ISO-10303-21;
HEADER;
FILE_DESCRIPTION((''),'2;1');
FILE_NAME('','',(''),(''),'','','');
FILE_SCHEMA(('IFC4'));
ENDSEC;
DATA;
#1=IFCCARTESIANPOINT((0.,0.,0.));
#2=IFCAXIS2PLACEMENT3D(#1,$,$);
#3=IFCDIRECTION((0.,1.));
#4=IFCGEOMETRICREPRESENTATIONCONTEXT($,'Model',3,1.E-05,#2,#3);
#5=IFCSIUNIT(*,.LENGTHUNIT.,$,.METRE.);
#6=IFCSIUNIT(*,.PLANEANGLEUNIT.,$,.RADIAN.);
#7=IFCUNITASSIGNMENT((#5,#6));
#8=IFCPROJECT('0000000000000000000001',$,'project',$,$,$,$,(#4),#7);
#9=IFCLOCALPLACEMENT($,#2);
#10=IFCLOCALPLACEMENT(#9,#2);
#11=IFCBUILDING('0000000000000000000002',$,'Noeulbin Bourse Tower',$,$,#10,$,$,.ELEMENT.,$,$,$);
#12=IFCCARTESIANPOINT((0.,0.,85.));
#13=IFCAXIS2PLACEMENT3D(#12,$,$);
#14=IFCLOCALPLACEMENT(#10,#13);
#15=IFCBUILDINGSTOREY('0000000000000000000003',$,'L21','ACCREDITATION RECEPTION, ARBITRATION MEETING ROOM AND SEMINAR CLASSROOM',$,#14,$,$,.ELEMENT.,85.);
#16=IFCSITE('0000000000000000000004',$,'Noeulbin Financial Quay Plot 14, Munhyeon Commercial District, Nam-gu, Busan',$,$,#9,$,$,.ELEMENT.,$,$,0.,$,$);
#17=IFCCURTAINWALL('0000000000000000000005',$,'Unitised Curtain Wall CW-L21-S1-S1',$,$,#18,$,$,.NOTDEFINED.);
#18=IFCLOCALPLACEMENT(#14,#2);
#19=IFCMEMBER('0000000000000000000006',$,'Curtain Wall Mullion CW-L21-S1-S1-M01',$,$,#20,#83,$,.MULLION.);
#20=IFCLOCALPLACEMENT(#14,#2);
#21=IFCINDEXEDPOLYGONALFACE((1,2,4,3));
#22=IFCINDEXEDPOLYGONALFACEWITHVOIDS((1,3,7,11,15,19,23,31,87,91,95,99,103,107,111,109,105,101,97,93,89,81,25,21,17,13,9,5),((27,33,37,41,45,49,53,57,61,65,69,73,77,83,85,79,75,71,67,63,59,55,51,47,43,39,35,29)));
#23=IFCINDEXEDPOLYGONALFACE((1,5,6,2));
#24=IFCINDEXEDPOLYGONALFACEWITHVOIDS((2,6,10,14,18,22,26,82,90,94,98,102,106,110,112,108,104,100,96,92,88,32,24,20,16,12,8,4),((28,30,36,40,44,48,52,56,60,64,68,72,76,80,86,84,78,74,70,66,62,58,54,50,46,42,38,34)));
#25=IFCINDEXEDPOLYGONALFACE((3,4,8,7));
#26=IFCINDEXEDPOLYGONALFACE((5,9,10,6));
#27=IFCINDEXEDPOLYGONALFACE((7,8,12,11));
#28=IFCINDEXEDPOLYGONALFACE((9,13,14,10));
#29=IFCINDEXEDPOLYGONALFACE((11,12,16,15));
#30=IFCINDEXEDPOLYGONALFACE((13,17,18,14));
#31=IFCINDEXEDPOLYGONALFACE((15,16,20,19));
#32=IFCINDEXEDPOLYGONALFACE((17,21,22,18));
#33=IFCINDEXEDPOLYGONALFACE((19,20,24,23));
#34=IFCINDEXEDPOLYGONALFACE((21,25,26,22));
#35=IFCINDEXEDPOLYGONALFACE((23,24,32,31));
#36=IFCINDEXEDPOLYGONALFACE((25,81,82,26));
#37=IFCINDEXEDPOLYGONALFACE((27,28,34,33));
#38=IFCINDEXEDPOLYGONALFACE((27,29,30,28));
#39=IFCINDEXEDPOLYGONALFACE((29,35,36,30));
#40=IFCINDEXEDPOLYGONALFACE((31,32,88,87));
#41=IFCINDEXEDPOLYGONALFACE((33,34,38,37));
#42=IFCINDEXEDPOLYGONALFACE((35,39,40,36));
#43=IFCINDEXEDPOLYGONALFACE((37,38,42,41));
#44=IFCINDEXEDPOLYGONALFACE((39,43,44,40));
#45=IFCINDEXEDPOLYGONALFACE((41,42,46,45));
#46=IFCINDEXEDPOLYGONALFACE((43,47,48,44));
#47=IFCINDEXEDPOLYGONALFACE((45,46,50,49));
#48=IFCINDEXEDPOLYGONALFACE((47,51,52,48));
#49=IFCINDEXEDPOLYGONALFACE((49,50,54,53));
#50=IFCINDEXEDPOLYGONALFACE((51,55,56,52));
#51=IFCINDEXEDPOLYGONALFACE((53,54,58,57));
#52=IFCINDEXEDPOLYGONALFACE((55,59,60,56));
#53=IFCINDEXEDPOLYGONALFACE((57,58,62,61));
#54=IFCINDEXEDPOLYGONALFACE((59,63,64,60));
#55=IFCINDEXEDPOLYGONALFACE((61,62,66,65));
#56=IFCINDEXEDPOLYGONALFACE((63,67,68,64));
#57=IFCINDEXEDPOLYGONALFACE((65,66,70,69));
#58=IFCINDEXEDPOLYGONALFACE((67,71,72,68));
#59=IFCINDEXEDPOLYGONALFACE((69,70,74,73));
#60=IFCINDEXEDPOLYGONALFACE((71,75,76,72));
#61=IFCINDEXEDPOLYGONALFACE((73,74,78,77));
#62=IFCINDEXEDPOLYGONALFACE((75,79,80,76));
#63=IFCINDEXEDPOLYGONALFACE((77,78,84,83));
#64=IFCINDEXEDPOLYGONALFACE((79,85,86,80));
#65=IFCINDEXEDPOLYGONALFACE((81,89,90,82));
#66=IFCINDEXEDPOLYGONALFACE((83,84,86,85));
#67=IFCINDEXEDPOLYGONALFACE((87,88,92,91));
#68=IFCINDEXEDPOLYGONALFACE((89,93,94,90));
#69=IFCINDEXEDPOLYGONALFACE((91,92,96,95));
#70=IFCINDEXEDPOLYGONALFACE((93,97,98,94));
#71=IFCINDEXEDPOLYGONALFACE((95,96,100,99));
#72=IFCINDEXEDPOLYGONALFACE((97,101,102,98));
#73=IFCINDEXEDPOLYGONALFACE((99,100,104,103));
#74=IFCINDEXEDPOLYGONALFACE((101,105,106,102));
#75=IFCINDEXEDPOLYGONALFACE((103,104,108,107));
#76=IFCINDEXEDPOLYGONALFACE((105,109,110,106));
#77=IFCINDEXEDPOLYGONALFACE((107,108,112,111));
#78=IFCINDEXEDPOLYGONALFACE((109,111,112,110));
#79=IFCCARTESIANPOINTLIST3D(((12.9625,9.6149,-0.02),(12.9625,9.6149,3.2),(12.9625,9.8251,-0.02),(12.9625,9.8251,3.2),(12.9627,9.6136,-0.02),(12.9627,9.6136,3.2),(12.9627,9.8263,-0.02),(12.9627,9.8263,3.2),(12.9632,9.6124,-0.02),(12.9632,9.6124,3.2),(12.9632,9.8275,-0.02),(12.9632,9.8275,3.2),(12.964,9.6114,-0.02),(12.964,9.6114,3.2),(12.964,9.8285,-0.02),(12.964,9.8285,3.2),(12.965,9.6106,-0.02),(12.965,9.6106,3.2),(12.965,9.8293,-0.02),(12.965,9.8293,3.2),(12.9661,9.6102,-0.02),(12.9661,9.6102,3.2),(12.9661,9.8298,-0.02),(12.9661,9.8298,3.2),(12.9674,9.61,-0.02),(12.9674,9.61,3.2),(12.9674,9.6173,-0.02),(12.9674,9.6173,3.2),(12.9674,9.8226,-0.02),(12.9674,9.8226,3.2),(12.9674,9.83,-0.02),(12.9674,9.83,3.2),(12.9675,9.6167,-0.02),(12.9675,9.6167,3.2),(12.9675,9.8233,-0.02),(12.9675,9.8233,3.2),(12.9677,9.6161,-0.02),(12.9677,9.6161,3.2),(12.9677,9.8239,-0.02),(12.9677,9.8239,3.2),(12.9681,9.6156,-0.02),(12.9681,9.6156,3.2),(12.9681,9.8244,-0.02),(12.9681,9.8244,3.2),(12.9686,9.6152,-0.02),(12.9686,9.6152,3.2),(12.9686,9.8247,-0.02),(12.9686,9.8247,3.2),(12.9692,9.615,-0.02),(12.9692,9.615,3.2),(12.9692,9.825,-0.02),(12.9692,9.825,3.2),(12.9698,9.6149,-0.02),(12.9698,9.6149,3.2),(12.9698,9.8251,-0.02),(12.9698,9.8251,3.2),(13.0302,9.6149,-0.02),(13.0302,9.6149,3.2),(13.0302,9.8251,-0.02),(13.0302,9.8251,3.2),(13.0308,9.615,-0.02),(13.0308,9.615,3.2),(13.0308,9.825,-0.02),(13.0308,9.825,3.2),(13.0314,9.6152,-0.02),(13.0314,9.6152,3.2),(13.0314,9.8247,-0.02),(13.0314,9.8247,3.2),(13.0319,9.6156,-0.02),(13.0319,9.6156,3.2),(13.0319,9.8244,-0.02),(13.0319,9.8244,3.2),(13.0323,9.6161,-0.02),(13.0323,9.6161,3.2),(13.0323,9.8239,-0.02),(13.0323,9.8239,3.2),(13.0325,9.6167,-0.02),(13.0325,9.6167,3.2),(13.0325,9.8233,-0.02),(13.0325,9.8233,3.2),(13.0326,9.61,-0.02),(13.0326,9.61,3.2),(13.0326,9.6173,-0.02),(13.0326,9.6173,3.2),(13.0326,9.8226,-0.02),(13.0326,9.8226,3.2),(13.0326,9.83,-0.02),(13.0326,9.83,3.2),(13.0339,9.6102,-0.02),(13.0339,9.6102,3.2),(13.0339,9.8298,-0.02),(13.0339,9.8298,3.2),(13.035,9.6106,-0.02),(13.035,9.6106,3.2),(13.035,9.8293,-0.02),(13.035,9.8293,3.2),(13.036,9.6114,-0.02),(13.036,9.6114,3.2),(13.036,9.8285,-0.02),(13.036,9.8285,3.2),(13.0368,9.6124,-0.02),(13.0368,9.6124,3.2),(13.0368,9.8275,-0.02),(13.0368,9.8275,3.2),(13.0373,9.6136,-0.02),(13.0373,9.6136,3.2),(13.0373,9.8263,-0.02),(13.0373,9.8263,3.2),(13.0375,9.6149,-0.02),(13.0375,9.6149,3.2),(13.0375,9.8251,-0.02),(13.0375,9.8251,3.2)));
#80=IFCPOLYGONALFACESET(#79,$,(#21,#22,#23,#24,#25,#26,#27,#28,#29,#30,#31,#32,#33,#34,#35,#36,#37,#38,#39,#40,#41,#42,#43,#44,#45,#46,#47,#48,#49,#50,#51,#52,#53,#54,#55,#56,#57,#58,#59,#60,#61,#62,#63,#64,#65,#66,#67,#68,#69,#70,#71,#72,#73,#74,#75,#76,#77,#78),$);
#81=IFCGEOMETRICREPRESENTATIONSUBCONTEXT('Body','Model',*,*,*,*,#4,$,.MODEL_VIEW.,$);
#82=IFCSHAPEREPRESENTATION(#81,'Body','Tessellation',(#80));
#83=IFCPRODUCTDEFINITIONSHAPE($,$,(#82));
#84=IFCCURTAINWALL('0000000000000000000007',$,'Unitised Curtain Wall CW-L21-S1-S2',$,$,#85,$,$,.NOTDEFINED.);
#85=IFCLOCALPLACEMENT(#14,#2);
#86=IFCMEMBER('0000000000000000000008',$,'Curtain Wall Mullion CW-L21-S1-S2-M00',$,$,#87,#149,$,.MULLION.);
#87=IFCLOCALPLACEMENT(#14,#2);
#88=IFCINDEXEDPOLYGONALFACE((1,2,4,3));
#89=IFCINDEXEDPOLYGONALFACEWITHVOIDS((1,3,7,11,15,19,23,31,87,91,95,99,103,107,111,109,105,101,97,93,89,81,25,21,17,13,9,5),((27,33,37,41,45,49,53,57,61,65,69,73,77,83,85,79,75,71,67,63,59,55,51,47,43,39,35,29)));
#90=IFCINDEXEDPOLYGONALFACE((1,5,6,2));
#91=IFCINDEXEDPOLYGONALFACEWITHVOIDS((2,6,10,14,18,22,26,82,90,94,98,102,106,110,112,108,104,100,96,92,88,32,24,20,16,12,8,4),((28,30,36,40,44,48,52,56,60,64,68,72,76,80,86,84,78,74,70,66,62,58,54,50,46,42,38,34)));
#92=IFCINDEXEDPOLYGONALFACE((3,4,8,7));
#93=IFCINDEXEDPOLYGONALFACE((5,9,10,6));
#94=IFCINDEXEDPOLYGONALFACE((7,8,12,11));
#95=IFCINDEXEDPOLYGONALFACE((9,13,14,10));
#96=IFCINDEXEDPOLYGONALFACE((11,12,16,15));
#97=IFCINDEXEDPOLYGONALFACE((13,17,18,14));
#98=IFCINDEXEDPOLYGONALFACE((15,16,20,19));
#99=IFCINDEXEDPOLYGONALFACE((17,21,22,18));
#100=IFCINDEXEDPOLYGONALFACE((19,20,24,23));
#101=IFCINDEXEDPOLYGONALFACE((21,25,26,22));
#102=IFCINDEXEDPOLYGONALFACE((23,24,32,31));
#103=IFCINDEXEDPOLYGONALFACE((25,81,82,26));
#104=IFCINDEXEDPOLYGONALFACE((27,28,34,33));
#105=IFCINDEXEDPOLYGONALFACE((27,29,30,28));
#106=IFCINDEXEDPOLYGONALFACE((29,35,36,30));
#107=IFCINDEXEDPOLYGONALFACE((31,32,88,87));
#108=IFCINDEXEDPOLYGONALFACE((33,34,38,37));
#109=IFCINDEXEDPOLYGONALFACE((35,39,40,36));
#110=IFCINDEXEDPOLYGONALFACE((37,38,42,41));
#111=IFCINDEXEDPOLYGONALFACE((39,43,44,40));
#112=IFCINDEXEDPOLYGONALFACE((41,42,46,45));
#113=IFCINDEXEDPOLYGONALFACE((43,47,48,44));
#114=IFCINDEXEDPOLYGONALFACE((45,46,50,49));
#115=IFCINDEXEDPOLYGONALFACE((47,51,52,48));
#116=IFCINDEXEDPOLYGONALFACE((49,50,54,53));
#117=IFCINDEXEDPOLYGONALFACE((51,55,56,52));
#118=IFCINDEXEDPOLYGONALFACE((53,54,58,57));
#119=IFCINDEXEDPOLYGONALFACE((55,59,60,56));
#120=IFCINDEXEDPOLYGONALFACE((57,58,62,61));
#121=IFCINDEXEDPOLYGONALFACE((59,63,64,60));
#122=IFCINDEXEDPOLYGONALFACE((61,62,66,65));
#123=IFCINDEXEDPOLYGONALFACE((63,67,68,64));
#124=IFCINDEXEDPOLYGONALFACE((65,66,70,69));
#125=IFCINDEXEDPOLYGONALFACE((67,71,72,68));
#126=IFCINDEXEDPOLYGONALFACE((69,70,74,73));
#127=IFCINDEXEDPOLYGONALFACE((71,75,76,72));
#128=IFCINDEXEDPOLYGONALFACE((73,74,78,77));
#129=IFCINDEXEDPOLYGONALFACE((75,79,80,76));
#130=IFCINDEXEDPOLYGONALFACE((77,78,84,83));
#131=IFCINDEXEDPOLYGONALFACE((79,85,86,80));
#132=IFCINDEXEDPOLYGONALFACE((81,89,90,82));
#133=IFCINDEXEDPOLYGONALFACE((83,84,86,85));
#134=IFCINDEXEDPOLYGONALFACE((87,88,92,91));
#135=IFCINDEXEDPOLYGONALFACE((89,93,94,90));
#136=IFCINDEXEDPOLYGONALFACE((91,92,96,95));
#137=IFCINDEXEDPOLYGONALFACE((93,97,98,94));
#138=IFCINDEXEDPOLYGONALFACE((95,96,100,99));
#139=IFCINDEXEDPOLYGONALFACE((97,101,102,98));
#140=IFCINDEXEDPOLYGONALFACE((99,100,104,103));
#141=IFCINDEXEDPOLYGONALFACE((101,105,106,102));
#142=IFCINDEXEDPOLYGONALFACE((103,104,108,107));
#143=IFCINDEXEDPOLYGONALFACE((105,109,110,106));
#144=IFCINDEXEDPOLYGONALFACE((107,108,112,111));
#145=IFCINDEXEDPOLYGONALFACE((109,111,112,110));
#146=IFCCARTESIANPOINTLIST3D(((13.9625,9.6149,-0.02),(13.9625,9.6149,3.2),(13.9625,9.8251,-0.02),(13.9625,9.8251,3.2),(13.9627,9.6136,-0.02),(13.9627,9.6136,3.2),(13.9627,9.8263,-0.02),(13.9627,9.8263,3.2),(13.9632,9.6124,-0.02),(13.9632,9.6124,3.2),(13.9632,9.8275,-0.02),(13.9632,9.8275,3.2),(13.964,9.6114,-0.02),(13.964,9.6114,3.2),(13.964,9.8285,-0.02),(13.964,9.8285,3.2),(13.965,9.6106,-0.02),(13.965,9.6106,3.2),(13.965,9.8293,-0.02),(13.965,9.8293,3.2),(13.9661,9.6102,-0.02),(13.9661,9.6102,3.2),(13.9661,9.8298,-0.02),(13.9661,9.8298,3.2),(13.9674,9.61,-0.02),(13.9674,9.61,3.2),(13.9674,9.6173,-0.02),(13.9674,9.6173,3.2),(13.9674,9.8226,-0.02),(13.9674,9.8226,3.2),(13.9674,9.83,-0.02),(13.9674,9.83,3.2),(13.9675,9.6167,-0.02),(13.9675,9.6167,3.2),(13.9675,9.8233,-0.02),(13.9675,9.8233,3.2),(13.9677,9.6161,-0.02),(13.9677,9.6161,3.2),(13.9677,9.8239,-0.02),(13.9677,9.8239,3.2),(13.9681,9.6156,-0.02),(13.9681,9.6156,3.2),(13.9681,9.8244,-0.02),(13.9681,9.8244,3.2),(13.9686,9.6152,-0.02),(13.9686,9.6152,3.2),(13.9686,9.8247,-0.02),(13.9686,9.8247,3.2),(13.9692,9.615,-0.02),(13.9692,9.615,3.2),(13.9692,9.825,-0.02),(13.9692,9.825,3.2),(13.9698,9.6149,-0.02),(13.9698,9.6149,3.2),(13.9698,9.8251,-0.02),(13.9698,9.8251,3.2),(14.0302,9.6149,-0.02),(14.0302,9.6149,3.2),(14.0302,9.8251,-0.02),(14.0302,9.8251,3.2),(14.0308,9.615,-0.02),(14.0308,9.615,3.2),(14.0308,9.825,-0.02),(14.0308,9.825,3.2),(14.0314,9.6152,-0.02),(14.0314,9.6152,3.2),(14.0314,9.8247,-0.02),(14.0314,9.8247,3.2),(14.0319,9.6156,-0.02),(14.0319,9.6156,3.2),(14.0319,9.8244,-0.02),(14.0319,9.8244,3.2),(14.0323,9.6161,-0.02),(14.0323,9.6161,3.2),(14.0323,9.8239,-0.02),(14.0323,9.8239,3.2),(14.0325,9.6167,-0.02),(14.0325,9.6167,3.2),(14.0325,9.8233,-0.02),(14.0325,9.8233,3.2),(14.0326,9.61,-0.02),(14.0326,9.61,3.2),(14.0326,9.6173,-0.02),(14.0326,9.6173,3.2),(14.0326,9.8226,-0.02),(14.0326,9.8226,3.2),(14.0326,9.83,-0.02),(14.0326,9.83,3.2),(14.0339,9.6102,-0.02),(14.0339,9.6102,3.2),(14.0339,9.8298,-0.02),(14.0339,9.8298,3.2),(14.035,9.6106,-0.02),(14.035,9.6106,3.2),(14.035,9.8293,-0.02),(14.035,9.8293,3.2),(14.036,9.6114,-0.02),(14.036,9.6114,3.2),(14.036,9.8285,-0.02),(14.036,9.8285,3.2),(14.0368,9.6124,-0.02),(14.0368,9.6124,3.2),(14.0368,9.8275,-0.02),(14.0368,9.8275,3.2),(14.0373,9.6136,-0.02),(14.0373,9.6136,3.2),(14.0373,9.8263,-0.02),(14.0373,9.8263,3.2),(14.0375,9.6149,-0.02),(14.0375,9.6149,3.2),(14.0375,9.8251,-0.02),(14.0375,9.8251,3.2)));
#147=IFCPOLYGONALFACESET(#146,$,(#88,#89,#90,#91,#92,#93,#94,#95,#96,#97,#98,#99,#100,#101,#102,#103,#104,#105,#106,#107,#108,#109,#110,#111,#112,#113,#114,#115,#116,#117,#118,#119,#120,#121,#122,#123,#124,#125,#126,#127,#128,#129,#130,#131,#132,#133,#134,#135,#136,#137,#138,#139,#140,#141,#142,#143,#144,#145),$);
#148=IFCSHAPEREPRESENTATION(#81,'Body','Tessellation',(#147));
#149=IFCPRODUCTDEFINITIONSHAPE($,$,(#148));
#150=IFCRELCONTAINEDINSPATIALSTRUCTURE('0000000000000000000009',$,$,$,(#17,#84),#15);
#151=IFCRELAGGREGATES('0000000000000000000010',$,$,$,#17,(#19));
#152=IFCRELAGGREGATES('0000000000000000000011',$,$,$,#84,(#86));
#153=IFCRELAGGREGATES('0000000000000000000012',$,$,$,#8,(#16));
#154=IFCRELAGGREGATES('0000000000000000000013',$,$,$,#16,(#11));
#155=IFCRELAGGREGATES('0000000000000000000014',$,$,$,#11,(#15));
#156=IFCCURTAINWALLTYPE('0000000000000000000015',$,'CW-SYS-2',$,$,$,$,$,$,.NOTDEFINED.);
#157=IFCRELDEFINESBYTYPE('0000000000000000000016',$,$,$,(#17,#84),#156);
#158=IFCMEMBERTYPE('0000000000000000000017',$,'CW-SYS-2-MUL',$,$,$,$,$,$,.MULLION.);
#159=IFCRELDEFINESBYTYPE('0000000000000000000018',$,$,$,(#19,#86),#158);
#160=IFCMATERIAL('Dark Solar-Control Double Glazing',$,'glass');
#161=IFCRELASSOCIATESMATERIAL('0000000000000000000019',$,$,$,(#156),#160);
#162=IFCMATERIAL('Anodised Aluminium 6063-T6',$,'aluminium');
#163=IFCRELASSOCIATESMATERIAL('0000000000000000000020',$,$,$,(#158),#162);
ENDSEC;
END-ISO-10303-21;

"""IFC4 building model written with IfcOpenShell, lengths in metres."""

from ifc_helpers import new_model, si_unit, direction, frame, origin, origin_2d, place, context, subcontext, project, spatial, hollow_rectangle, extrude, material, material_profile, profile_set, type_object, element, aggregate, save


model = new_model("IFC4")

# Units and contexts
model_context = context("Model", 3, precision=1e-05, world=origin(), true_north=direction((0.0, 1.0)))
body_context = subcontext(model_context, "Body", "Model", "MODEL_VIEW")
ifc_project = project(units=[si_unit("LENGTHUNIT", "METRE"), si_unit("PLANEANGLEUNIT", "RADIAN")], contexts=[model_context])

# Site, building, storey
site_placement = place(None, origin())
site = spatial("IfcSite", under=ifc_project, at=site_placement, Name="Noeulbin Financial Quay Plot 14, Munhyeon Commercial District, Nam-gu, Busan", CompositionType="ELEMENT", RefElevation=0.0)
building_placement = place(site_placement, origin())
building = spatial("IfcBuilding", under=site, at=building_placement, Name="Noeulbin Bourse Tower", CompositionType="ELEMENT")
storey_placement = place(building_placement, frame((0.0, 0.0, 85.0)))
storey = spatial("IfcBuildingStorey", under=building, at=storey_placement, Name="L21", Description="ACCREDITATION RECEPTION, ARBITRATION MEETING ROOM AND SEMINAR CLASSROOM", CompositionType="ELEMENT", Elevation=85.0)

# Curtain wall, member
ifc_material_1 = material(Name="Dark Solar-Control Double Glazing", Category="glass")
curtain_wall_type = type_object("IfcCurtainWallType", Name="CW-SYS-2", PredefinedType="NOTDEFINED", material=ifc_material_1)
curtain_wall_1_placement = place(storey_placement, origin())
curtain_wall_1 = element("IfcCurtainWall", 1, at=curtain_wall_1_placement, inside=storey, type_object=curtain_wall_type, Name="Unitised Curtain Wall CW-L21-S1-S1", PredefinedType="NOTDEFINED")
ifc_material_2 = material(Name="Anodised Aluminium 6063-T6", Category="aluminium")
ifc_material_profile_1 = material_profile(ifc_material_2, hollow_rectangle(XDim=0.075, YDim=0.22, WallThickness=0.0049, InnerFilletRadius=0.0024, OuterFilletRadius=0.0049, at=origin_2d()), Name="ALU-MULL-75x220x5", Category="LoadBearing")
ifc_profile_set_1 = profile_set([ifc_material_profile_1], Name="Anodised Aluminium 6063-T6")
member_type_1 = type_object("IfcMemberType", Name="CW-SYS-2-MUL", PredefinedType="MULLION", material=ifc_profile_set_1)
member_1_placement = place(storey_placement, frame((13.0, 9.72, -0.02), z_axis=(0.0, 0.0, 1.0), x_axis=(1.0, 0.0, 0.0)))
member_1 = element("IfcMember", 2, at=member_1_placement, type_object=member_type_1, Name="Curtain Wall Mullion CW-L21-S1-S1-M01", PredefinedType="MULLION", context=body_context, shape_type="SweptSolid", body=[
    extrude(hollow_rectangle(XDim=0.075, YDim=0.22, WallThickness=0.0049, InnerFilletRadius=0.0024, OuterFilletRadius=0.0049, at=origin_2d()), origin(), (0.0, 0.0, 1.0), 3.22),
])

# Curtain wall, member
curtain_wall_2_placement = place(storey_placement, origin())
curtain_wall_2 = element("IfcCurtainWall", 3, at=curtain_wall_2_placement, inside=storey, type_object=curtain_wall_type, Name="Unitised Curtain Wall CW-L21-S1-S2", PredefinedType="NOTDEFINED")
member_2_placement = place(storey_placement, frame((14.0, 9.72, -0.02), z_axis=(0.0, 0.0, 1.0), x_axis=(1.0, 0.0, 0.0)))
member_2 = element("IfcMember", 4, at=member_2_placement, type_object=member_type_1, Name="Curtain Wall Mullion CW-L21-S1-S2-M00", PredefinedType="MULLION", context=body_context, shape_type="SweptSolid", body=[
    extrude(hollow_rectangle(XDim=0.075, YDim=0.22, WallThickness=0.0049, InnerFilletRadius=0.0024, OuterFilletRadius=0.0049, at=origin_2d()), origin(), (0.0, 0.0, 1.0), 3.22),
])

aggregate(curtain_wall_1, [member_1])
aggregate(curtain_wall_2, [member_2])

save(model, "model.ifc")
